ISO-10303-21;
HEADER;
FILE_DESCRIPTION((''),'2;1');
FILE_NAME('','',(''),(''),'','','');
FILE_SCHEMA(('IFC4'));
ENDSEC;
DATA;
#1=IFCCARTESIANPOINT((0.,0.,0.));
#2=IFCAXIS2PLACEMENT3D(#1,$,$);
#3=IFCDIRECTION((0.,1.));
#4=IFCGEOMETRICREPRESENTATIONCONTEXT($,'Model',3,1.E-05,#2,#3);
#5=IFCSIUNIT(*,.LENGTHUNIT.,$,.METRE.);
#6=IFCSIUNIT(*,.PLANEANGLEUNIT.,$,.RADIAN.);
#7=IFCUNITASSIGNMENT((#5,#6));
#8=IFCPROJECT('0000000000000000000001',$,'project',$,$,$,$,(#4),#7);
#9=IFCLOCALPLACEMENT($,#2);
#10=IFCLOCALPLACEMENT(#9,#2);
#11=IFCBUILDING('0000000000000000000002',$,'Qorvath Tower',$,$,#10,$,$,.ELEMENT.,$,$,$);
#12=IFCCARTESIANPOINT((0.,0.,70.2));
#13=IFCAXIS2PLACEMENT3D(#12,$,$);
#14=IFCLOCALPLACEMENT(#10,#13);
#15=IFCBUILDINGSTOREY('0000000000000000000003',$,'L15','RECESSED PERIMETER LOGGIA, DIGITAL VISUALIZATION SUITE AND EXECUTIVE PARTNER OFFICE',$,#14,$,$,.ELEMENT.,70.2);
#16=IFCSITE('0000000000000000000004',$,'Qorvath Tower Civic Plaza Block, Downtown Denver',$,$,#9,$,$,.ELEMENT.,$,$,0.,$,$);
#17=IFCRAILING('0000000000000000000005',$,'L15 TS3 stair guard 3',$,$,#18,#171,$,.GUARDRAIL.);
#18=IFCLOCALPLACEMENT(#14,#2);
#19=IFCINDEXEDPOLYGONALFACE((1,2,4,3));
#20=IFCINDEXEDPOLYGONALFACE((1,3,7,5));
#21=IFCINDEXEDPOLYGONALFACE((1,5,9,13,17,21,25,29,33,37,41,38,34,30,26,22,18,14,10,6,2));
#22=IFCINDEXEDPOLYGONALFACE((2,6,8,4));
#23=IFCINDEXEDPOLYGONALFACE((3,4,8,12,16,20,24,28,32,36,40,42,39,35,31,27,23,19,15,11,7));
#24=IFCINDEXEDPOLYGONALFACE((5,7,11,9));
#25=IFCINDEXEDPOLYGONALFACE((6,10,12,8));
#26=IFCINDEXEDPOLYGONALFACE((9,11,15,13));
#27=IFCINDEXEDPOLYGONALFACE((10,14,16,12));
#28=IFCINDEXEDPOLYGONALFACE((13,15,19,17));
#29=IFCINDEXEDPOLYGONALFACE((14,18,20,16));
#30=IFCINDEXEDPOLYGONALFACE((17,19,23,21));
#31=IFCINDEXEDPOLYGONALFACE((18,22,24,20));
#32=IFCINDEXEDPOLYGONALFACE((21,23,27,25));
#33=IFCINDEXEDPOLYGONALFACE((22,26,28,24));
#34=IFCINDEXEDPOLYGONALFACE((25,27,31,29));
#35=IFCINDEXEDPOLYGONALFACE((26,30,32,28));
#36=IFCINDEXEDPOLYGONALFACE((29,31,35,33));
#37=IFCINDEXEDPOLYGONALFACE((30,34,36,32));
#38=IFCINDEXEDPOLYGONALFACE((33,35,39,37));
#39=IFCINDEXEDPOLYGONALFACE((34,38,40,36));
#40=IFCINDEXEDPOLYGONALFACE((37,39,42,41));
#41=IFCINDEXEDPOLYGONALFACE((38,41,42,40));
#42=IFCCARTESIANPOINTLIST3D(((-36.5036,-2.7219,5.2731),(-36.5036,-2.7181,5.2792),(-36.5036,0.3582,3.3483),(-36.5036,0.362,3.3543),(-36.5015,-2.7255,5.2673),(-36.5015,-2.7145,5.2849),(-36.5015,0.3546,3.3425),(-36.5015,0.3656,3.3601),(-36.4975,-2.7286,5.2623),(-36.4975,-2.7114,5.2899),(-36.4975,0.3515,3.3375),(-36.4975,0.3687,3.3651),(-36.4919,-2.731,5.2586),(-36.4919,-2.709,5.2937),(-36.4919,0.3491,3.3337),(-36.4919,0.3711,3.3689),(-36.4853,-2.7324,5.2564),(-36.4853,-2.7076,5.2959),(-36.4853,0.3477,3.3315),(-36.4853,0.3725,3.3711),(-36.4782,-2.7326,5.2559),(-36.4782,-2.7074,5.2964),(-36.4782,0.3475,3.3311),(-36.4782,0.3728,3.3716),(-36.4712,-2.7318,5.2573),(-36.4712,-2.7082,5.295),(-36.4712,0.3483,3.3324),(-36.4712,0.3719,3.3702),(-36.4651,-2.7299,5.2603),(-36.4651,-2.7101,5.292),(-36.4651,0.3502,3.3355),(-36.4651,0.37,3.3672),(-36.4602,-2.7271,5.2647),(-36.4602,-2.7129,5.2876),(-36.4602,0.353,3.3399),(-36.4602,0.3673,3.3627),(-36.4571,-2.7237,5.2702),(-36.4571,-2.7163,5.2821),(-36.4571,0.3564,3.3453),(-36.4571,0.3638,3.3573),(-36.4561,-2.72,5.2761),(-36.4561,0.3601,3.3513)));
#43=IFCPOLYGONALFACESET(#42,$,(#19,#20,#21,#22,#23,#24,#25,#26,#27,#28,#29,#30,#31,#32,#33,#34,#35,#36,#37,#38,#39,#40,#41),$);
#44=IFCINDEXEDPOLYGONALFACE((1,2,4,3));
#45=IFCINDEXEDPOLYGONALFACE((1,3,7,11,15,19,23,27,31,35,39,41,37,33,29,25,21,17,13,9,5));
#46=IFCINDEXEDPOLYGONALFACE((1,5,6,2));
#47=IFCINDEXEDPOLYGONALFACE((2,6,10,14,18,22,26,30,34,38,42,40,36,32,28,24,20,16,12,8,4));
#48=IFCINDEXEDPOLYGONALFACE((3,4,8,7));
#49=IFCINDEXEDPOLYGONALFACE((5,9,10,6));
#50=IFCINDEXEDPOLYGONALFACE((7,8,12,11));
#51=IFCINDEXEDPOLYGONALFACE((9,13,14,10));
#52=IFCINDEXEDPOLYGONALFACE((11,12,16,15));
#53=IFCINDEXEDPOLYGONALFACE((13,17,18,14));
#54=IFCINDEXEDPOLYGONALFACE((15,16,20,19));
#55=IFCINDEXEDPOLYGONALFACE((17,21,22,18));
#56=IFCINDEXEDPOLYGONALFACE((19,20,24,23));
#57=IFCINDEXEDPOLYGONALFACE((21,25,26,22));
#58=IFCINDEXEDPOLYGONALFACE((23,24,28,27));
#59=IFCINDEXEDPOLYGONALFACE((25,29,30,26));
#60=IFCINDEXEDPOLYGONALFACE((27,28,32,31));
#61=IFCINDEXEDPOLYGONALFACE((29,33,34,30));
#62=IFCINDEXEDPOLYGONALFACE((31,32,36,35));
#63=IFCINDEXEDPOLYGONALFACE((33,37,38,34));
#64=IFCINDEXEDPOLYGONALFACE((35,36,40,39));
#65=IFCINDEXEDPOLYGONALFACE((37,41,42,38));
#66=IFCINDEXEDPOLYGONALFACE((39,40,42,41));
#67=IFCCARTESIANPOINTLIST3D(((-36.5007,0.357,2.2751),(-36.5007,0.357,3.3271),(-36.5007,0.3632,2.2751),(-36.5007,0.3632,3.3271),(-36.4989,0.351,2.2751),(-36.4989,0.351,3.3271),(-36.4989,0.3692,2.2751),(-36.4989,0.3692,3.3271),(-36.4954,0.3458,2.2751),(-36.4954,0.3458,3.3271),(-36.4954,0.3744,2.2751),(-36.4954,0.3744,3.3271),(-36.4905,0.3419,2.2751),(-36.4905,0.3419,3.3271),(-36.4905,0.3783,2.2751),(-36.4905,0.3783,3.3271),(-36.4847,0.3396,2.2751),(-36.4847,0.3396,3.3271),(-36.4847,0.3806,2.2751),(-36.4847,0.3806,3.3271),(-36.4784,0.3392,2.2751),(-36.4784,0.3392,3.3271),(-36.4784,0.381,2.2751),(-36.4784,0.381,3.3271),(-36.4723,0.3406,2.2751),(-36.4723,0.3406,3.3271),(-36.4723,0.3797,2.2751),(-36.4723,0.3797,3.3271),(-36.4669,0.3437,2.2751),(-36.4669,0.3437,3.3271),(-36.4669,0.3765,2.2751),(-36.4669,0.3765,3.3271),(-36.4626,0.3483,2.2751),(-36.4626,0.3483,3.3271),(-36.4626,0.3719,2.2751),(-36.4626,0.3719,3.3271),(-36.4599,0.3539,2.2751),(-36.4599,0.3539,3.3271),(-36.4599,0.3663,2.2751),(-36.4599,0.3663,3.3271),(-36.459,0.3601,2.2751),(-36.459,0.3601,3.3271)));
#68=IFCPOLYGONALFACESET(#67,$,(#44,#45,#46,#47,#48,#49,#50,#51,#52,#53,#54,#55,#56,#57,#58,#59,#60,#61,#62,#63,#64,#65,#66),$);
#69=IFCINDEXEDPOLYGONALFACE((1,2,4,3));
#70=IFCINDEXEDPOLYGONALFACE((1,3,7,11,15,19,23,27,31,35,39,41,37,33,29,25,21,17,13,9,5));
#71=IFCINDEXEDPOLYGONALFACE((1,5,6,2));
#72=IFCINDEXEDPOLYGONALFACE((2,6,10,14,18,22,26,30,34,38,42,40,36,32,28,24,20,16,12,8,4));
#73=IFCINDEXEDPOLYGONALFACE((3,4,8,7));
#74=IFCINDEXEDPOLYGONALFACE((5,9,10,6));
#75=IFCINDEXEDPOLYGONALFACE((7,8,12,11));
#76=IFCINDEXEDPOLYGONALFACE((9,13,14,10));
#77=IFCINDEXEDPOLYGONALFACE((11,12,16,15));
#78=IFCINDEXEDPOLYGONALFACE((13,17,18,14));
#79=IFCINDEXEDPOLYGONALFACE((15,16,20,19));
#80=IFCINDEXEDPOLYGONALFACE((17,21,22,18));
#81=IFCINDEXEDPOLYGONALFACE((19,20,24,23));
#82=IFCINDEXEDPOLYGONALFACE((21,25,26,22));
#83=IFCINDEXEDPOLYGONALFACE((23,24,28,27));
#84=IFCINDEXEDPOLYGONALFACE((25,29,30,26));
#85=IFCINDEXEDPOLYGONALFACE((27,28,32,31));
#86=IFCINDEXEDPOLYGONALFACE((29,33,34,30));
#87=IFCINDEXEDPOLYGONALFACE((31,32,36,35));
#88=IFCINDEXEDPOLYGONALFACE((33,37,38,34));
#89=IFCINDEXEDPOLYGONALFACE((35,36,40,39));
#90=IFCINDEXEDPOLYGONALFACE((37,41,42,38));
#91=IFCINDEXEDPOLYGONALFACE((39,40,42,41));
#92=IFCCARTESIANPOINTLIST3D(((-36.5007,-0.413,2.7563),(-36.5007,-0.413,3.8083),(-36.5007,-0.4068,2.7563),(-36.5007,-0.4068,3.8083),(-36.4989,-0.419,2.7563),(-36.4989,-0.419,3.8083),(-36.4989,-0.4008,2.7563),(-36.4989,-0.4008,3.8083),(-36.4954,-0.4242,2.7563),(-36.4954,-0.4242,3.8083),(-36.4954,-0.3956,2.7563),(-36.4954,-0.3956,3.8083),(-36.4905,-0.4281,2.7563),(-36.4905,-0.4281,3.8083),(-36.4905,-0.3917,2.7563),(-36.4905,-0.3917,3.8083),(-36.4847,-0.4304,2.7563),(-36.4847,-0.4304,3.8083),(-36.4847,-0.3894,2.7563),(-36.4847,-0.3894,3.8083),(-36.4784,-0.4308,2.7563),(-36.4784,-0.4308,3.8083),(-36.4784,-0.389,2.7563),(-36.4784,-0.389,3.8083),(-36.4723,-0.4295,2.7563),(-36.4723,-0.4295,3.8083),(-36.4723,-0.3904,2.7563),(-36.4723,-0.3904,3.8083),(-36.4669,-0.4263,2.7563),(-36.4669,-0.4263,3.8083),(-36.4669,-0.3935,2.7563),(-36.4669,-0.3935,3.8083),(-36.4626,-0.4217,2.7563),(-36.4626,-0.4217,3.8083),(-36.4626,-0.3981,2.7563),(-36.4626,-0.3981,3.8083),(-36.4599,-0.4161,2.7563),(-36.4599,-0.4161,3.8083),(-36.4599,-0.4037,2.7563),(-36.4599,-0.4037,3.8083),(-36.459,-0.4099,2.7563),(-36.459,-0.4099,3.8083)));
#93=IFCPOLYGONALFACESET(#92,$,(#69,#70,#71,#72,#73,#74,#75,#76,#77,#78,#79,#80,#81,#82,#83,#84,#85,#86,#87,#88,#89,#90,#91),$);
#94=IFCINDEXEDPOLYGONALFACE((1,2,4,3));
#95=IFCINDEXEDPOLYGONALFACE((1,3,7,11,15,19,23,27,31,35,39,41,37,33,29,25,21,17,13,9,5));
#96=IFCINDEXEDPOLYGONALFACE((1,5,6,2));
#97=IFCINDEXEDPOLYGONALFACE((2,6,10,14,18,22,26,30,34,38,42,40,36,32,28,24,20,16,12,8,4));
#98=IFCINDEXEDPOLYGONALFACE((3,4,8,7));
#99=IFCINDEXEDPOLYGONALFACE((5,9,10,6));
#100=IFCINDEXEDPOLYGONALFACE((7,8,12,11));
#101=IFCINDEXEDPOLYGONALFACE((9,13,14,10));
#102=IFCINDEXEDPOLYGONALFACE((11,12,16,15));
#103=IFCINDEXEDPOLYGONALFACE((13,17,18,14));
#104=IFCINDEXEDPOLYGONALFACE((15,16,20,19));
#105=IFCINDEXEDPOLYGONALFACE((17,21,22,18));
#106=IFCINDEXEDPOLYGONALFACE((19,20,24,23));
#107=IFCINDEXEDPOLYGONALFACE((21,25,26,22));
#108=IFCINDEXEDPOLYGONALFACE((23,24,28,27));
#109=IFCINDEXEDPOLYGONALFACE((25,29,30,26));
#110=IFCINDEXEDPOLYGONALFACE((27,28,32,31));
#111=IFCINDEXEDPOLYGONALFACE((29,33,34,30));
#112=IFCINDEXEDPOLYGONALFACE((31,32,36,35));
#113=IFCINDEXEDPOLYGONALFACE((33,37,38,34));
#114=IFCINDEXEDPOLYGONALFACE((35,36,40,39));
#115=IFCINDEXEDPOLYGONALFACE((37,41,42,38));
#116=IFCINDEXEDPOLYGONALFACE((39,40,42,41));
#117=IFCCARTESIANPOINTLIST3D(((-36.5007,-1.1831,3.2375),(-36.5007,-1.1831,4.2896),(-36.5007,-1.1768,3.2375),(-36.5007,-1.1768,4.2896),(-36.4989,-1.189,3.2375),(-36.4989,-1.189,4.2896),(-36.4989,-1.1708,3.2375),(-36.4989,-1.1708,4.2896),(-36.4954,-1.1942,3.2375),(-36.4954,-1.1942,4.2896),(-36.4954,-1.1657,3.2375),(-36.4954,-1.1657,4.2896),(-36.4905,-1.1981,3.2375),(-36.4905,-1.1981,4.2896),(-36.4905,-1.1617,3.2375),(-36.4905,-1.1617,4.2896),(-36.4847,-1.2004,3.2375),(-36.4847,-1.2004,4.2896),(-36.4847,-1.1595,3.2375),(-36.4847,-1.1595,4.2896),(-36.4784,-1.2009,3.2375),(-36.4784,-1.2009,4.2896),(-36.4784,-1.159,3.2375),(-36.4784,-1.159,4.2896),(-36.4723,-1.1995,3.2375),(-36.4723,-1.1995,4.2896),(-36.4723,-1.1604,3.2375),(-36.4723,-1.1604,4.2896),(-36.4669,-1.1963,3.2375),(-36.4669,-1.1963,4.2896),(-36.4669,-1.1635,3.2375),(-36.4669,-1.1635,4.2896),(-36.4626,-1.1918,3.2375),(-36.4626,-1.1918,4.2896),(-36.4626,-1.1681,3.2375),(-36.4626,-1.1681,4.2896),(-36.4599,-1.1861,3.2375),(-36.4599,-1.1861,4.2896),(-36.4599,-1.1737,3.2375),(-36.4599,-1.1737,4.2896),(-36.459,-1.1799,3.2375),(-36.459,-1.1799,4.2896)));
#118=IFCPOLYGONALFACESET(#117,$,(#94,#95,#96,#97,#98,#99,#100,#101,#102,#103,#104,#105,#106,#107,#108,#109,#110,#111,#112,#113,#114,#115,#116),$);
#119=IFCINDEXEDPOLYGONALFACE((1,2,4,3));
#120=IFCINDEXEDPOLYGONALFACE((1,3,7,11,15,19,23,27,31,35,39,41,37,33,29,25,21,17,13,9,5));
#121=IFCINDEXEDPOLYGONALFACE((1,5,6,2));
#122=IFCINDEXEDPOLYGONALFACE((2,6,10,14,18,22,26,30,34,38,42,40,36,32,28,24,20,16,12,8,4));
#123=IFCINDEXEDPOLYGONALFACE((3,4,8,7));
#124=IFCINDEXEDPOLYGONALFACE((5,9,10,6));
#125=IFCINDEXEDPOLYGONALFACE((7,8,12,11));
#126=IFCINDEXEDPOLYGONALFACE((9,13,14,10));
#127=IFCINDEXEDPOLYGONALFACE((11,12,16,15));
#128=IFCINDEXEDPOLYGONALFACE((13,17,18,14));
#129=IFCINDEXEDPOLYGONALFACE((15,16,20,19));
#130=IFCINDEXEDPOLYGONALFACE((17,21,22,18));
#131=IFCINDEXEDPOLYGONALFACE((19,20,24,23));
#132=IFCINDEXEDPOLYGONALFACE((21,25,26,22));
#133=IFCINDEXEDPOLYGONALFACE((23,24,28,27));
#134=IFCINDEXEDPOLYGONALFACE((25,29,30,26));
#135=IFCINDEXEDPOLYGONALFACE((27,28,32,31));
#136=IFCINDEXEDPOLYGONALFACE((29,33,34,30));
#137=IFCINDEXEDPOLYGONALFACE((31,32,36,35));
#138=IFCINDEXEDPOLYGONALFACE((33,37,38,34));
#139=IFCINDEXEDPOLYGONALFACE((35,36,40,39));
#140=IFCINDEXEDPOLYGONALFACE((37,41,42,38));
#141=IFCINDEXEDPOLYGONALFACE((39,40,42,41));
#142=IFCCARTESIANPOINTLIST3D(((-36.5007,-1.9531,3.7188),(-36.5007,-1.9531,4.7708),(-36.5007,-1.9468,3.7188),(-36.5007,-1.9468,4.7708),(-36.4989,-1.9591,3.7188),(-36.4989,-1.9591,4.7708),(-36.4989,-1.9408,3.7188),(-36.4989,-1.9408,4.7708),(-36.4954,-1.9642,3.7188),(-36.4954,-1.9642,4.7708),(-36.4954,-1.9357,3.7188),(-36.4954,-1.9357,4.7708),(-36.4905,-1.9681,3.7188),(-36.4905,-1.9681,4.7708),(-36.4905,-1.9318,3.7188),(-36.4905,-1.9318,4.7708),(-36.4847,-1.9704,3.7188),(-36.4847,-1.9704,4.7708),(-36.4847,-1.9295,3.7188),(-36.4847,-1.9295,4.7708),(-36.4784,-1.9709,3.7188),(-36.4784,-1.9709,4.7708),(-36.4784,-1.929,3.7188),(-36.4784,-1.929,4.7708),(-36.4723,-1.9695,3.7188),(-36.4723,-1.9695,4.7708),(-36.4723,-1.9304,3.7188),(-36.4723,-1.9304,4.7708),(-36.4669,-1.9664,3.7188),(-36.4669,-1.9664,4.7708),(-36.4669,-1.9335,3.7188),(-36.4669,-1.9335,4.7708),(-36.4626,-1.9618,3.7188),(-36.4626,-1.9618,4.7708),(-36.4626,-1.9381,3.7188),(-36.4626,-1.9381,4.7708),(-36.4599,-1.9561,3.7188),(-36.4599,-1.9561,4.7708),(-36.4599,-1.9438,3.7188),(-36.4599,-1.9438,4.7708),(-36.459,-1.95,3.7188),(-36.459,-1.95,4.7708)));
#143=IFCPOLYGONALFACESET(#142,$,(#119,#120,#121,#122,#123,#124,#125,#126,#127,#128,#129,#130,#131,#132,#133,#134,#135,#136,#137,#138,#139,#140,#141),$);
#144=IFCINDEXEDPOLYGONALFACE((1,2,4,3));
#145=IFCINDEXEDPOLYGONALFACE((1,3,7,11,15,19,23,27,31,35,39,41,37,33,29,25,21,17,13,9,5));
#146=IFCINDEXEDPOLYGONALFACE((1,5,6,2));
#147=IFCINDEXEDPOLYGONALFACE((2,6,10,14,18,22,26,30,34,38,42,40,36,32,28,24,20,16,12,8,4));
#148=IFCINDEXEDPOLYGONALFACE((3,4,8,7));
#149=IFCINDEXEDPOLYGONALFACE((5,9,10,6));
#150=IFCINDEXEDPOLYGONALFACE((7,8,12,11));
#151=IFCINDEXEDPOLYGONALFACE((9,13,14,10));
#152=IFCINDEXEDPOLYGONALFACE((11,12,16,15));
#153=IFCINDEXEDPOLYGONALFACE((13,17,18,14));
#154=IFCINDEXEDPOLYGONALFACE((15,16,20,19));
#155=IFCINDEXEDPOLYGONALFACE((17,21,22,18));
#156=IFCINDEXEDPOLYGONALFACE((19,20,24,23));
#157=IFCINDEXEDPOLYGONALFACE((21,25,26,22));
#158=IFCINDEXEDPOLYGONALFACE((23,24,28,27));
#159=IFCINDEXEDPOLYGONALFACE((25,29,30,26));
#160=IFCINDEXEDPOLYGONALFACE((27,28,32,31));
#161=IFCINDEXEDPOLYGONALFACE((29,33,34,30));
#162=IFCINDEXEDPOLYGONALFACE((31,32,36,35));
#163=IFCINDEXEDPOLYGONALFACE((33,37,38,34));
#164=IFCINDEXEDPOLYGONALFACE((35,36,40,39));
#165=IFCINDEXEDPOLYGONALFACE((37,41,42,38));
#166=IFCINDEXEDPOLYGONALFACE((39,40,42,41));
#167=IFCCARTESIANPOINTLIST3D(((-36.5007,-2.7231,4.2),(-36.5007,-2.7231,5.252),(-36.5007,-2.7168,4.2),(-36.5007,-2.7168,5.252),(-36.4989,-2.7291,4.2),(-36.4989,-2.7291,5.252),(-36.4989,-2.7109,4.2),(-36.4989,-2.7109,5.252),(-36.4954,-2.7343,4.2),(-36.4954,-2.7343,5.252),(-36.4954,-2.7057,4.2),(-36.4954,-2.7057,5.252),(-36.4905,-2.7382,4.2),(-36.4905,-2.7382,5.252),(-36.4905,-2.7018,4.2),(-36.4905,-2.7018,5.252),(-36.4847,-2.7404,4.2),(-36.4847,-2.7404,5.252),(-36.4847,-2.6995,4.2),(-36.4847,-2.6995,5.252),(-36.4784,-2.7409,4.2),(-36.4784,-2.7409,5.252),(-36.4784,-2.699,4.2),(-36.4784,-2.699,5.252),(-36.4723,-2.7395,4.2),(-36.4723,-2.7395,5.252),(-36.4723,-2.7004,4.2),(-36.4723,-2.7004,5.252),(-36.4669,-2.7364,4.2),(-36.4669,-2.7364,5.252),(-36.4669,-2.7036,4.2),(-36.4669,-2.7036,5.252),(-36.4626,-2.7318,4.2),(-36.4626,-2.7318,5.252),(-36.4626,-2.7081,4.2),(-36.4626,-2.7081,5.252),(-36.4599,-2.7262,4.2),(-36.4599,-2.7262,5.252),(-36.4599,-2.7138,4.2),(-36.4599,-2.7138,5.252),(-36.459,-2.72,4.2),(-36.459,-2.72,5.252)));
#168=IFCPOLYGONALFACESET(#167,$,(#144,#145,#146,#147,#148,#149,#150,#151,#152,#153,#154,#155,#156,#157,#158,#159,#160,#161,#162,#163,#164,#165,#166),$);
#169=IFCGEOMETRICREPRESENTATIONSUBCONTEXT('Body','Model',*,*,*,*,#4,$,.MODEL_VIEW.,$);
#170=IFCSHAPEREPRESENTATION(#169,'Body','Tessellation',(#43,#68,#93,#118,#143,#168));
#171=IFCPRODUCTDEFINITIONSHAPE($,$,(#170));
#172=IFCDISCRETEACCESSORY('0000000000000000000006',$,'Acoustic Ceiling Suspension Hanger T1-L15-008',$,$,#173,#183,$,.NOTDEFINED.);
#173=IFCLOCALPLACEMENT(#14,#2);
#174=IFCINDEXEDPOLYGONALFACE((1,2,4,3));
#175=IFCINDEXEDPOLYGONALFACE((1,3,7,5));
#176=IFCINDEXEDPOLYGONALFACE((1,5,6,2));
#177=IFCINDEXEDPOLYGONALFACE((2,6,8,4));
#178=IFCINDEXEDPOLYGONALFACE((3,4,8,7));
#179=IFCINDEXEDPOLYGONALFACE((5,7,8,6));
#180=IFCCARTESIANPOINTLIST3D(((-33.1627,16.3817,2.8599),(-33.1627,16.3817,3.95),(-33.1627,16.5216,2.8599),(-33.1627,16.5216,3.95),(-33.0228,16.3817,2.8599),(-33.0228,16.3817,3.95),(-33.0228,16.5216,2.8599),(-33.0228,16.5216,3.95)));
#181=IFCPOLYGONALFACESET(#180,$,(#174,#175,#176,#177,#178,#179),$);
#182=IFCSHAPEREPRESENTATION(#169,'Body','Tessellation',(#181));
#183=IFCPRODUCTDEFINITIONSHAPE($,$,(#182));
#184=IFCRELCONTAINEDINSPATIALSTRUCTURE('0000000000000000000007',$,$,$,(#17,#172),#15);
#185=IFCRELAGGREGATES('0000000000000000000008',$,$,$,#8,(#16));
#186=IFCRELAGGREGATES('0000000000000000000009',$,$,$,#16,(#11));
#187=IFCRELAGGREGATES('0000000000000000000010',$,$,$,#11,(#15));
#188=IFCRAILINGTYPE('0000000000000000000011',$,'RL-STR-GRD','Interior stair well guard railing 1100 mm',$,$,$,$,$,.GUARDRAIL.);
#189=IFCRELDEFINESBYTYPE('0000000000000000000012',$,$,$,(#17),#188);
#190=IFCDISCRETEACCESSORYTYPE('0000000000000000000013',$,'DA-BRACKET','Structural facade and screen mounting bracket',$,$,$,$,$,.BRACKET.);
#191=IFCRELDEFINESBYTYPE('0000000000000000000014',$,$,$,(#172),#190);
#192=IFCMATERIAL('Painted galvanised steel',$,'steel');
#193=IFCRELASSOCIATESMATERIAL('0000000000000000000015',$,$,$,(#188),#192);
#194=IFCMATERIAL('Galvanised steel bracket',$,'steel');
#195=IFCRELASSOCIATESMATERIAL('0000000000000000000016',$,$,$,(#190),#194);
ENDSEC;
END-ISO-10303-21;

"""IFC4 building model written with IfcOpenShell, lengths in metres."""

from ifc_helpers import new_model, si_unit, direction, frame, origin, origin_2d, place, context, subcontext, project, spatial, rectangle, circle, extrude, material, type_object, element, save


model = new_model("IFC4")

# Units and contexts
model_context = context("Model", 3, precision=1e-05, world=origin(), true_north=direction((0.0, 1.0)))
body_context = subcontext(model_context, "Body", "Model", "MODEL_VIEW")
ifc_project = project(units=[si_unit("LENGTHUNIT", "METRE"), si_unit("PLANEANGLEUNIT", "RADIAN")], contexts=[model_context])

# Site, building, storey
site_placement = place(None, origin())
site = spatial("IfcSite", under=ifc_project, at=site_placement, Name="Qorvath Tower Civic Plaza Block, Downtown Denver", CompositionType="ELEMENT", RefElevation=0.0)
building_placement = place(site_placement, origin())
building = spatial("IfcBuilding", under=site, at=building_placement, Name="Qorvath Tower", CompositionType="ELEMENT")
storey_placement = place(building_placement, frame((0.0, 0.0, 70.2)))
storey = spatial("IfcBuildingStorey", under=building, at=storey_placement, Name="L15", Description="RECESSED PERIMETER LOGGIA, DIGITAL VISUALIZATION SUITE AND EXECUTIVE PARTNER OFFICE", CompositionType="ELEMENT", Elevation=70.2)

# Railing
ifc_material_1 = material(Name="Painted galvanised steel", Category="steel")
railing_type = type_object("IfcRailingType", Name="RL-STR-GRD", Description="Interior stair well guard railing 1100 mm", PredefinedType="GUARDRAIL", material=ifc_material_1)
railing_1_placement = place(storey_placement, frame((-36.48, 0.3601, 2.2751)))
element("IfcRailing", 1, at=railing_1_placement, inside=storey, type_object=railing_type, Name="L15 TS3 stair guard 3", PredefinedType="GUARDRAIL", context=body_context, shape_type="SweptSolid", body=[
    extrude(circle(Radius=0.0239, at=origin_2d()), frame((0.0, 0.0, 1.0762), z_axis=(0.0, -0.848029, 0.529951), x_axis=(1.0, 0.0, 0.0)), (0.0, 0.0, 1.0), 3.6321),
    extrude(circle(Radius=0.021, at=origin_2d()), origin(), (0.0, 0.0, 1.0), 1.052),
    extrude(circle(Radius=0.021, at=origin_2d()), frame((0.0, -0.77, 0.4812)), (0.0, 0.0, 1.0), 1.052),
    extrude(circle(Radius=0.021, at=origin_2d()), frame((0.0, -1.54, 0.9624)), (0.0, 0.0, 1.0), 1.052),
    extrude(circle(Radius=0.021, at=origin_2d()), frame((0.0, -2.3101, 1.4436)), (0.0, 0.0, 1.0), 1.052),
    extrude(circle(Radius=0.021, at=origin_2d()), frame((0.0, -3.0801, 1.9248)), (0.0, 0.0, 1.0), 1.052),
])

# Discrete accessory
ifc_material_2 = material(Name="Galvanised steel bracket", Category="steel")
discrete_accessory_type = type_object("IfcDiscreteAccessoryType", Name="DA-BRACKET", Description="Structural facade and screen mounting bracket", PredefinedType="BRACKET", material=ifc_material_2)
discrete_accessory_placement = place(storey_placement, frame((-33.0928, 16.4517, 2.8599), z_axis=(0.0, 0.0, 1.0), x_axis=(1.0, 0.0, 0.0)))
element("IfcDiscreteAccessory", 2, at=discrete_accessory_placement, inside=storey, type_object=discrete_accessory_type, Name="Acoustic Ceiling Suspension Hanger T1-L15-008", PredefinedType="NOTDEFINED", context=body_context, shape_type="SweptSolid", body=[
    extrude(rectangle(XDim=0.1399, YDim=0.1399, at=origin_2d()), origin(), (0.0, 0.0, 1.0), 1.0901),
])

save(model, "model.ifc")
